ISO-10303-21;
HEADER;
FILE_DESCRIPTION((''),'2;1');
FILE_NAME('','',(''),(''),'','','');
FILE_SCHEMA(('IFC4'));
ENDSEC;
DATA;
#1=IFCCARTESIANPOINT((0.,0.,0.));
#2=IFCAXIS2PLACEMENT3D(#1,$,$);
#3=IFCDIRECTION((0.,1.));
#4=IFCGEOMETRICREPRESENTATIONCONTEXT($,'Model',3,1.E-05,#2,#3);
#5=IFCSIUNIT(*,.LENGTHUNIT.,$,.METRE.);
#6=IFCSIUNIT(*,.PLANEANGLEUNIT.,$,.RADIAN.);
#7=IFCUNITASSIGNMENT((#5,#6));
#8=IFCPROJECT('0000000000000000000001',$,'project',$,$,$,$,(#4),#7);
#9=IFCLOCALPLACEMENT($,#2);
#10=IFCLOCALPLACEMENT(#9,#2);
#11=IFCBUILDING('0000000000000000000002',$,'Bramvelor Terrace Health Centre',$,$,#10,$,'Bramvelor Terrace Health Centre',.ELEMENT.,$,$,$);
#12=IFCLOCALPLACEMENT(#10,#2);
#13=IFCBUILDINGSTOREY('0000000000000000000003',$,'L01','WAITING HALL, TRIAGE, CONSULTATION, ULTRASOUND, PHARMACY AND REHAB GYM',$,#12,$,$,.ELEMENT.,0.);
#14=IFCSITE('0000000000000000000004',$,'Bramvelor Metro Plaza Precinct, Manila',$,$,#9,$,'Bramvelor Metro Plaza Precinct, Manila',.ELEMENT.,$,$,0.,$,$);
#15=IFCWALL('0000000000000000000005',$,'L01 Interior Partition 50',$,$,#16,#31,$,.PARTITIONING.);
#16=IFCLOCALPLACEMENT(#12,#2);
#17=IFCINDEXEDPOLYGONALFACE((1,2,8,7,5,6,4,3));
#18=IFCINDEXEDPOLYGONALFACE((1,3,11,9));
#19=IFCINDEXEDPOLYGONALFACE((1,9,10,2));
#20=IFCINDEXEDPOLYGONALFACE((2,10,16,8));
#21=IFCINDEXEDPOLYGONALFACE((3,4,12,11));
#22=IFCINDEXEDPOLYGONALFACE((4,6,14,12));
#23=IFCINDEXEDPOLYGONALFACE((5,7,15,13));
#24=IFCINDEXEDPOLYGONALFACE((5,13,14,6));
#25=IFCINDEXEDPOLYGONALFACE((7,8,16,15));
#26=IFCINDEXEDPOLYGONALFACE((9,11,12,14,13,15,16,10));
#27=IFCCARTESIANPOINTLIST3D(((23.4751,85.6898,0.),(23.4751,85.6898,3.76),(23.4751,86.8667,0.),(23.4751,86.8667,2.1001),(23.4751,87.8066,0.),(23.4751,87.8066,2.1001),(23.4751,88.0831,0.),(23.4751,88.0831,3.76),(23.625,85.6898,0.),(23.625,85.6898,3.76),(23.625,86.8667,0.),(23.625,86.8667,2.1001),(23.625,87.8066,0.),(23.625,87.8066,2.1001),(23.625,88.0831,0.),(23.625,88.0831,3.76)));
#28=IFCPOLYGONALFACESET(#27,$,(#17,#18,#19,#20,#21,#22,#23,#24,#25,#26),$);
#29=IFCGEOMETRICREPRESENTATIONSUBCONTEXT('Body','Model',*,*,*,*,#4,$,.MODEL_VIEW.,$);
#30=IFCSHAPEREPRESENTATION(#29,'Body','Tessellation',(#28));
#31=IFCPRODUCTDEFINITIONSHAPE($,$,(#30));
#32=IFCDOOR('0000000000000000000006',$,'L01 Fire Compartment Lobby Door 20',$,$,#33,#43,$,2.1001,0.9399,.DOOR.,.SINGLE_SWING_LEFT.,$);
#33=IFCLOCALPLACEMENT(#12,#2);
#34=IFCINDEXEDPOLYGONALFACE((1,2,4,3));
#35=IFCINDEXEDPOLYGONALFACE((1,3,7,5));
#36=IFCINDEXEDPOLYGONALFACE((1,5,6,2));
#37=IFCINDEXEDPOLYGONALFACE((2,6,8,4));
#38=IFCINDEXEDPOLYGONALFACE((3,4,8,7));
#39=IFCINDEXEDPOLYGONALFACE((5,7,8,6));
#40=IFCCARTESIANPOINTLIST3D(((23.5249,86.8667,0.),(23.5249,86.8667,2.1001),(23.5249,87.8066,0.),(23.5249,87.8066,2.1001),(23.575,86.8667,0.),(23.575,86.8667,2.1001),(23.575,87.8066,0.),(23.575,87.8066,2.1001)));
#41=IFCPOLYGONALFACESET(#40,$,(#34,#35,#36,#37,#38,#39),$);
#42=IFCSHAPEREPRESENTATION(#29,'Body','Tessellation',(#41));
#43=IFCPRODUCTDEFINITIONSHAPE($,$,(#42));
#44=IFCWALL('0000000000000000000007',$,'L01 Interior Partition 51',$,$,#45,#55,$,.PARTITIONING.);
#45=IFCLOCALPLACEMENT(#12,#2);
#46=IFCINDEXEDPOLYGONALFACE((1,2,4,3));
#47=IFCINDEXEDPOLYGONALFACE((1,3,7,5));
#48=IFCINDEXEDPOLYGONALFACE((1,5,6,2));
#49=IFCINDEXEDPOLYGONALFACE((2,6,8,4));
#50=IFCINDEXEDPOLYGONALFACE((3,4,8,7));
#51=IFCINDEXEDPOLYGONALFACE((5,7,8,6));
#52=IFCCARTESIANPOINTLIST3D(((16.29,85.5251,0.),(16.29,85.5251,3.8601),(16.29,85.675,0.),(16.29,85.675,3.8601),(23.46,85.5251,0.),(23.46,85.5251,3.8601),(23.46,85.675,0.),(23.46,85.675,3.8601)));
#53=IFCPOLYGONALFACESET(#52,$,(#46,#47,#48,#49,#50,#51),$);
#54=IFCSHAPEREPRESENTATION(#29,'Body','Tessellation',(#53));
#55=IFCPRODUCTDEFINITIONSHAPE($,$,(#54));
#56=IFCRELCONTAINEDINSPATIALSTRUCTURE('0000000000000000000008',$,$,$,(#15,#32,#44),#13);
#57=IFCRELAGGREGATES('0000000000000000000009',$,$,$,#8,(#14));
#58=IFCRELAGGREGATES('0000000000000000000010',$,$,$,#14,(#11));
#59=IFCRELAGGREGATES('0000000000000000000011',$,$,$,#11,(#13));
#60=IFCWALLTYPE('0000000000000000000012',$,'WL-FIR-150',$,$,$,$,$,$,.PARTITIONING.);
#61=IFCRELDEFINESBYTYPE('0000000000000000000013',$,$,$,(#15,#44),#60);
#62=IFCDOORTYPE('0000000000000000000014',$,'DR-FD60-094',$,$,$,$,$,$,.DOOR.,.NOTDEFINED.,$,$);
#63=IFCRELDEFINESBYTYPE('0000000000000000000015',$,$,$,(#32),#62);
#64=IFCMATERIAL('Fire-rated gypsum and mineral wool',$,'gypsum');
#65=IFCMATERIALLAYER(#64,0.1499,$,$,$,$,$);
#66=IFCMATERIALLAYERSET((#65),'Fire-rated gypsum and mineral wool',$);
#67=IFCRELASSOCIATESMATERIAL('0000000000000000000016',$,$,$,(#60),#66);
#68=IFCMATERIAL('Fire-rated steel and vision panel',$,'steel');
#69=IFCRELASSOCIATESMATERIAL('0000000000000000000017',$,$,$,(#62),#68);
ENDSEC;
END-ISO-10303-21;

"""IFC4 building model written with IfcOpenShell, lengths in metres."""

from ifc_helpers import new_model, si_unit, direction, frame, frame_2d, origin, place, context, subcontext, project, spatial, rectangle, extrude, material, layer, layer_set, type_object, element, fill, save


model = new_model("IFC4")

# Units and contexts
model_context = context("Model", 3, precision=1e-05, world=origin(), true_north=direction((0.0, 1.0)))
body_context = subcontext(model_context, "Body", "Model", "MODEL_VIEW")
ifc_project = project(units=[si_unit("LENGTHUNIT", "METRE"), si_unit("PLANEANGLEUNIT", "RADIAN")], contexts=[model_context])

# Site, building, storey
site_placement = place(None, origin())
site = spatial("IfcSite", under=ifc_project, at=site_placement, Name="Bramvelor Metro Plaza Precinct, Manila", LongName="Bramvelor Metro Plaza Precinct, Manila", CompositionType="ELEMENT", RefElevation=0.0)
building_placement = place(site_placement, origin())
building = spatial("IfcBuilding", under=site, at=building_placement, Name="Bramvelor Terrace Health Centre", LongName="Bramvelor Terrace Health Centre", CompositionType="ELEMENT")
storey_placement = place(building_placement, origin())
storey = spatial("IfcBuildingStorey", under=building, at=storey_placement, Name="L01", Description="WAITING HALL, TRIAGE, CONSULTATION, ULTRASOUND, PHARMACY AND REHAB GYM", CompositionType="ELEMENT", Elevation=0.0)

# Wall, opening, door
ifc_material_1 = material(Name="Fire-rated gypsum and mineral wool", Category="gypsum")
ifc_layer_1 = layer(ifc_material_1, 0.1499)
ifc_layer_set_1 = layer_set([ifc_layer_1], Name="Fire-rated gypsum and mineral wool")
wall_type_1 = type_object("IfcWallType", Name="WL-FIR-150", PredefinedType="PARTITIONING", material=ifc_layer_set_1)
wall_1_placement = place(storey_placement, frame((23.55, 88.0833, 0.0), z_axis=(0.0, 0.0, 1.0), x_axis=(0.0, -1.0, 0.0)))
wall_1 = element("IfcWall", 1, at=wall_1_placement, inside=storey, type_object=wall_type_1, Name="L01 Interior Partition 50", PredefinedType="PARTITIONING", context=body_context, shape_type="SweptSolid", body=[
    extrude(rectangle(XDim=2.3933, YDim=0.1499, at=frame_2d((1.1968, 0.0))), origin(), (0.0, 0.0, 1.0), 3.76),
])
opening_1_placement = place(wall_1_placement, frame((0.2766, 0.0, 0.0)))
opening_1 = element("IfcOpeningElement", 2, at=opening_1_placement, cuts=wall_1, PredefinedType="OPENING", context=body_context, shape_type="SweptSolid", body=[
    extrude(rectangle(XDim=0.9399, YDim=2.1001, at=frame_2d((0.47, 1.05))), frame((0.0, 0.085, 0.0), z_axis=(0.0, -1.0, 0.0), x_axis=(1.0, 0.0, 0.0)), (0.0, 0.0, 1.0), 0.1699),
])
ifc_material_2 = material(Name="Fire-rated steel and vision panel", Category="steel")
door_type = type_object("IfcDoorType", Name="DR-FD60-094", OperationType="NOTDEFINED", PredefinedType="DOOR", material=ifc_material_2)
door_placement = place(opening_1_placement, origin())
door = element("IfcDoor", 3, at=door_placement, inside=storey, type_object=door_type, Name="L01 Fire Compartment Lobby Door 20", OperationType="SINGLE_SWING_LEFT", OverallHeight=2.1001, OverallWidth=0.9399, PredefinedType="DOOR", context=body_context, shape_type="SweptSolid", body=[
    extrude(rectangle(XDim=0.9399, YDim=2.1001, at=frame_2d((0.47, 1.05))), frame((0.0, 0.0249, 0.0), z_axis=(0.0, -1.0, 0.0), x_axis=(1.0, 0.0, 0.0)), (0.0, 0.0, 1.0), 0.05),
])
fill(opening_1, door)

# Wall
wall_2_placement = place(storey_placement, frame((23.46, 85.6001, 0.0), z_axis=(0.0, 0.0, 1.0), x_axis=(-1.0, 0.0, 0.0)))
element("IfcWall", 4, at=wall_2_placement, inside=storey, type_object=wall_type_1, Name="L01 Interior Partition 51", PredefinedType="PARTITIONING", context=body_context, shape_type="SweptSolid", body=[
    extrude(rectangle(XDim=7.1699, YDim=0.1499, at=frame_2d((3.585, 0.0))), origin(), (0.0, 0.0, 1.0), 3.8601),
])

save(model, "model.ifc")
